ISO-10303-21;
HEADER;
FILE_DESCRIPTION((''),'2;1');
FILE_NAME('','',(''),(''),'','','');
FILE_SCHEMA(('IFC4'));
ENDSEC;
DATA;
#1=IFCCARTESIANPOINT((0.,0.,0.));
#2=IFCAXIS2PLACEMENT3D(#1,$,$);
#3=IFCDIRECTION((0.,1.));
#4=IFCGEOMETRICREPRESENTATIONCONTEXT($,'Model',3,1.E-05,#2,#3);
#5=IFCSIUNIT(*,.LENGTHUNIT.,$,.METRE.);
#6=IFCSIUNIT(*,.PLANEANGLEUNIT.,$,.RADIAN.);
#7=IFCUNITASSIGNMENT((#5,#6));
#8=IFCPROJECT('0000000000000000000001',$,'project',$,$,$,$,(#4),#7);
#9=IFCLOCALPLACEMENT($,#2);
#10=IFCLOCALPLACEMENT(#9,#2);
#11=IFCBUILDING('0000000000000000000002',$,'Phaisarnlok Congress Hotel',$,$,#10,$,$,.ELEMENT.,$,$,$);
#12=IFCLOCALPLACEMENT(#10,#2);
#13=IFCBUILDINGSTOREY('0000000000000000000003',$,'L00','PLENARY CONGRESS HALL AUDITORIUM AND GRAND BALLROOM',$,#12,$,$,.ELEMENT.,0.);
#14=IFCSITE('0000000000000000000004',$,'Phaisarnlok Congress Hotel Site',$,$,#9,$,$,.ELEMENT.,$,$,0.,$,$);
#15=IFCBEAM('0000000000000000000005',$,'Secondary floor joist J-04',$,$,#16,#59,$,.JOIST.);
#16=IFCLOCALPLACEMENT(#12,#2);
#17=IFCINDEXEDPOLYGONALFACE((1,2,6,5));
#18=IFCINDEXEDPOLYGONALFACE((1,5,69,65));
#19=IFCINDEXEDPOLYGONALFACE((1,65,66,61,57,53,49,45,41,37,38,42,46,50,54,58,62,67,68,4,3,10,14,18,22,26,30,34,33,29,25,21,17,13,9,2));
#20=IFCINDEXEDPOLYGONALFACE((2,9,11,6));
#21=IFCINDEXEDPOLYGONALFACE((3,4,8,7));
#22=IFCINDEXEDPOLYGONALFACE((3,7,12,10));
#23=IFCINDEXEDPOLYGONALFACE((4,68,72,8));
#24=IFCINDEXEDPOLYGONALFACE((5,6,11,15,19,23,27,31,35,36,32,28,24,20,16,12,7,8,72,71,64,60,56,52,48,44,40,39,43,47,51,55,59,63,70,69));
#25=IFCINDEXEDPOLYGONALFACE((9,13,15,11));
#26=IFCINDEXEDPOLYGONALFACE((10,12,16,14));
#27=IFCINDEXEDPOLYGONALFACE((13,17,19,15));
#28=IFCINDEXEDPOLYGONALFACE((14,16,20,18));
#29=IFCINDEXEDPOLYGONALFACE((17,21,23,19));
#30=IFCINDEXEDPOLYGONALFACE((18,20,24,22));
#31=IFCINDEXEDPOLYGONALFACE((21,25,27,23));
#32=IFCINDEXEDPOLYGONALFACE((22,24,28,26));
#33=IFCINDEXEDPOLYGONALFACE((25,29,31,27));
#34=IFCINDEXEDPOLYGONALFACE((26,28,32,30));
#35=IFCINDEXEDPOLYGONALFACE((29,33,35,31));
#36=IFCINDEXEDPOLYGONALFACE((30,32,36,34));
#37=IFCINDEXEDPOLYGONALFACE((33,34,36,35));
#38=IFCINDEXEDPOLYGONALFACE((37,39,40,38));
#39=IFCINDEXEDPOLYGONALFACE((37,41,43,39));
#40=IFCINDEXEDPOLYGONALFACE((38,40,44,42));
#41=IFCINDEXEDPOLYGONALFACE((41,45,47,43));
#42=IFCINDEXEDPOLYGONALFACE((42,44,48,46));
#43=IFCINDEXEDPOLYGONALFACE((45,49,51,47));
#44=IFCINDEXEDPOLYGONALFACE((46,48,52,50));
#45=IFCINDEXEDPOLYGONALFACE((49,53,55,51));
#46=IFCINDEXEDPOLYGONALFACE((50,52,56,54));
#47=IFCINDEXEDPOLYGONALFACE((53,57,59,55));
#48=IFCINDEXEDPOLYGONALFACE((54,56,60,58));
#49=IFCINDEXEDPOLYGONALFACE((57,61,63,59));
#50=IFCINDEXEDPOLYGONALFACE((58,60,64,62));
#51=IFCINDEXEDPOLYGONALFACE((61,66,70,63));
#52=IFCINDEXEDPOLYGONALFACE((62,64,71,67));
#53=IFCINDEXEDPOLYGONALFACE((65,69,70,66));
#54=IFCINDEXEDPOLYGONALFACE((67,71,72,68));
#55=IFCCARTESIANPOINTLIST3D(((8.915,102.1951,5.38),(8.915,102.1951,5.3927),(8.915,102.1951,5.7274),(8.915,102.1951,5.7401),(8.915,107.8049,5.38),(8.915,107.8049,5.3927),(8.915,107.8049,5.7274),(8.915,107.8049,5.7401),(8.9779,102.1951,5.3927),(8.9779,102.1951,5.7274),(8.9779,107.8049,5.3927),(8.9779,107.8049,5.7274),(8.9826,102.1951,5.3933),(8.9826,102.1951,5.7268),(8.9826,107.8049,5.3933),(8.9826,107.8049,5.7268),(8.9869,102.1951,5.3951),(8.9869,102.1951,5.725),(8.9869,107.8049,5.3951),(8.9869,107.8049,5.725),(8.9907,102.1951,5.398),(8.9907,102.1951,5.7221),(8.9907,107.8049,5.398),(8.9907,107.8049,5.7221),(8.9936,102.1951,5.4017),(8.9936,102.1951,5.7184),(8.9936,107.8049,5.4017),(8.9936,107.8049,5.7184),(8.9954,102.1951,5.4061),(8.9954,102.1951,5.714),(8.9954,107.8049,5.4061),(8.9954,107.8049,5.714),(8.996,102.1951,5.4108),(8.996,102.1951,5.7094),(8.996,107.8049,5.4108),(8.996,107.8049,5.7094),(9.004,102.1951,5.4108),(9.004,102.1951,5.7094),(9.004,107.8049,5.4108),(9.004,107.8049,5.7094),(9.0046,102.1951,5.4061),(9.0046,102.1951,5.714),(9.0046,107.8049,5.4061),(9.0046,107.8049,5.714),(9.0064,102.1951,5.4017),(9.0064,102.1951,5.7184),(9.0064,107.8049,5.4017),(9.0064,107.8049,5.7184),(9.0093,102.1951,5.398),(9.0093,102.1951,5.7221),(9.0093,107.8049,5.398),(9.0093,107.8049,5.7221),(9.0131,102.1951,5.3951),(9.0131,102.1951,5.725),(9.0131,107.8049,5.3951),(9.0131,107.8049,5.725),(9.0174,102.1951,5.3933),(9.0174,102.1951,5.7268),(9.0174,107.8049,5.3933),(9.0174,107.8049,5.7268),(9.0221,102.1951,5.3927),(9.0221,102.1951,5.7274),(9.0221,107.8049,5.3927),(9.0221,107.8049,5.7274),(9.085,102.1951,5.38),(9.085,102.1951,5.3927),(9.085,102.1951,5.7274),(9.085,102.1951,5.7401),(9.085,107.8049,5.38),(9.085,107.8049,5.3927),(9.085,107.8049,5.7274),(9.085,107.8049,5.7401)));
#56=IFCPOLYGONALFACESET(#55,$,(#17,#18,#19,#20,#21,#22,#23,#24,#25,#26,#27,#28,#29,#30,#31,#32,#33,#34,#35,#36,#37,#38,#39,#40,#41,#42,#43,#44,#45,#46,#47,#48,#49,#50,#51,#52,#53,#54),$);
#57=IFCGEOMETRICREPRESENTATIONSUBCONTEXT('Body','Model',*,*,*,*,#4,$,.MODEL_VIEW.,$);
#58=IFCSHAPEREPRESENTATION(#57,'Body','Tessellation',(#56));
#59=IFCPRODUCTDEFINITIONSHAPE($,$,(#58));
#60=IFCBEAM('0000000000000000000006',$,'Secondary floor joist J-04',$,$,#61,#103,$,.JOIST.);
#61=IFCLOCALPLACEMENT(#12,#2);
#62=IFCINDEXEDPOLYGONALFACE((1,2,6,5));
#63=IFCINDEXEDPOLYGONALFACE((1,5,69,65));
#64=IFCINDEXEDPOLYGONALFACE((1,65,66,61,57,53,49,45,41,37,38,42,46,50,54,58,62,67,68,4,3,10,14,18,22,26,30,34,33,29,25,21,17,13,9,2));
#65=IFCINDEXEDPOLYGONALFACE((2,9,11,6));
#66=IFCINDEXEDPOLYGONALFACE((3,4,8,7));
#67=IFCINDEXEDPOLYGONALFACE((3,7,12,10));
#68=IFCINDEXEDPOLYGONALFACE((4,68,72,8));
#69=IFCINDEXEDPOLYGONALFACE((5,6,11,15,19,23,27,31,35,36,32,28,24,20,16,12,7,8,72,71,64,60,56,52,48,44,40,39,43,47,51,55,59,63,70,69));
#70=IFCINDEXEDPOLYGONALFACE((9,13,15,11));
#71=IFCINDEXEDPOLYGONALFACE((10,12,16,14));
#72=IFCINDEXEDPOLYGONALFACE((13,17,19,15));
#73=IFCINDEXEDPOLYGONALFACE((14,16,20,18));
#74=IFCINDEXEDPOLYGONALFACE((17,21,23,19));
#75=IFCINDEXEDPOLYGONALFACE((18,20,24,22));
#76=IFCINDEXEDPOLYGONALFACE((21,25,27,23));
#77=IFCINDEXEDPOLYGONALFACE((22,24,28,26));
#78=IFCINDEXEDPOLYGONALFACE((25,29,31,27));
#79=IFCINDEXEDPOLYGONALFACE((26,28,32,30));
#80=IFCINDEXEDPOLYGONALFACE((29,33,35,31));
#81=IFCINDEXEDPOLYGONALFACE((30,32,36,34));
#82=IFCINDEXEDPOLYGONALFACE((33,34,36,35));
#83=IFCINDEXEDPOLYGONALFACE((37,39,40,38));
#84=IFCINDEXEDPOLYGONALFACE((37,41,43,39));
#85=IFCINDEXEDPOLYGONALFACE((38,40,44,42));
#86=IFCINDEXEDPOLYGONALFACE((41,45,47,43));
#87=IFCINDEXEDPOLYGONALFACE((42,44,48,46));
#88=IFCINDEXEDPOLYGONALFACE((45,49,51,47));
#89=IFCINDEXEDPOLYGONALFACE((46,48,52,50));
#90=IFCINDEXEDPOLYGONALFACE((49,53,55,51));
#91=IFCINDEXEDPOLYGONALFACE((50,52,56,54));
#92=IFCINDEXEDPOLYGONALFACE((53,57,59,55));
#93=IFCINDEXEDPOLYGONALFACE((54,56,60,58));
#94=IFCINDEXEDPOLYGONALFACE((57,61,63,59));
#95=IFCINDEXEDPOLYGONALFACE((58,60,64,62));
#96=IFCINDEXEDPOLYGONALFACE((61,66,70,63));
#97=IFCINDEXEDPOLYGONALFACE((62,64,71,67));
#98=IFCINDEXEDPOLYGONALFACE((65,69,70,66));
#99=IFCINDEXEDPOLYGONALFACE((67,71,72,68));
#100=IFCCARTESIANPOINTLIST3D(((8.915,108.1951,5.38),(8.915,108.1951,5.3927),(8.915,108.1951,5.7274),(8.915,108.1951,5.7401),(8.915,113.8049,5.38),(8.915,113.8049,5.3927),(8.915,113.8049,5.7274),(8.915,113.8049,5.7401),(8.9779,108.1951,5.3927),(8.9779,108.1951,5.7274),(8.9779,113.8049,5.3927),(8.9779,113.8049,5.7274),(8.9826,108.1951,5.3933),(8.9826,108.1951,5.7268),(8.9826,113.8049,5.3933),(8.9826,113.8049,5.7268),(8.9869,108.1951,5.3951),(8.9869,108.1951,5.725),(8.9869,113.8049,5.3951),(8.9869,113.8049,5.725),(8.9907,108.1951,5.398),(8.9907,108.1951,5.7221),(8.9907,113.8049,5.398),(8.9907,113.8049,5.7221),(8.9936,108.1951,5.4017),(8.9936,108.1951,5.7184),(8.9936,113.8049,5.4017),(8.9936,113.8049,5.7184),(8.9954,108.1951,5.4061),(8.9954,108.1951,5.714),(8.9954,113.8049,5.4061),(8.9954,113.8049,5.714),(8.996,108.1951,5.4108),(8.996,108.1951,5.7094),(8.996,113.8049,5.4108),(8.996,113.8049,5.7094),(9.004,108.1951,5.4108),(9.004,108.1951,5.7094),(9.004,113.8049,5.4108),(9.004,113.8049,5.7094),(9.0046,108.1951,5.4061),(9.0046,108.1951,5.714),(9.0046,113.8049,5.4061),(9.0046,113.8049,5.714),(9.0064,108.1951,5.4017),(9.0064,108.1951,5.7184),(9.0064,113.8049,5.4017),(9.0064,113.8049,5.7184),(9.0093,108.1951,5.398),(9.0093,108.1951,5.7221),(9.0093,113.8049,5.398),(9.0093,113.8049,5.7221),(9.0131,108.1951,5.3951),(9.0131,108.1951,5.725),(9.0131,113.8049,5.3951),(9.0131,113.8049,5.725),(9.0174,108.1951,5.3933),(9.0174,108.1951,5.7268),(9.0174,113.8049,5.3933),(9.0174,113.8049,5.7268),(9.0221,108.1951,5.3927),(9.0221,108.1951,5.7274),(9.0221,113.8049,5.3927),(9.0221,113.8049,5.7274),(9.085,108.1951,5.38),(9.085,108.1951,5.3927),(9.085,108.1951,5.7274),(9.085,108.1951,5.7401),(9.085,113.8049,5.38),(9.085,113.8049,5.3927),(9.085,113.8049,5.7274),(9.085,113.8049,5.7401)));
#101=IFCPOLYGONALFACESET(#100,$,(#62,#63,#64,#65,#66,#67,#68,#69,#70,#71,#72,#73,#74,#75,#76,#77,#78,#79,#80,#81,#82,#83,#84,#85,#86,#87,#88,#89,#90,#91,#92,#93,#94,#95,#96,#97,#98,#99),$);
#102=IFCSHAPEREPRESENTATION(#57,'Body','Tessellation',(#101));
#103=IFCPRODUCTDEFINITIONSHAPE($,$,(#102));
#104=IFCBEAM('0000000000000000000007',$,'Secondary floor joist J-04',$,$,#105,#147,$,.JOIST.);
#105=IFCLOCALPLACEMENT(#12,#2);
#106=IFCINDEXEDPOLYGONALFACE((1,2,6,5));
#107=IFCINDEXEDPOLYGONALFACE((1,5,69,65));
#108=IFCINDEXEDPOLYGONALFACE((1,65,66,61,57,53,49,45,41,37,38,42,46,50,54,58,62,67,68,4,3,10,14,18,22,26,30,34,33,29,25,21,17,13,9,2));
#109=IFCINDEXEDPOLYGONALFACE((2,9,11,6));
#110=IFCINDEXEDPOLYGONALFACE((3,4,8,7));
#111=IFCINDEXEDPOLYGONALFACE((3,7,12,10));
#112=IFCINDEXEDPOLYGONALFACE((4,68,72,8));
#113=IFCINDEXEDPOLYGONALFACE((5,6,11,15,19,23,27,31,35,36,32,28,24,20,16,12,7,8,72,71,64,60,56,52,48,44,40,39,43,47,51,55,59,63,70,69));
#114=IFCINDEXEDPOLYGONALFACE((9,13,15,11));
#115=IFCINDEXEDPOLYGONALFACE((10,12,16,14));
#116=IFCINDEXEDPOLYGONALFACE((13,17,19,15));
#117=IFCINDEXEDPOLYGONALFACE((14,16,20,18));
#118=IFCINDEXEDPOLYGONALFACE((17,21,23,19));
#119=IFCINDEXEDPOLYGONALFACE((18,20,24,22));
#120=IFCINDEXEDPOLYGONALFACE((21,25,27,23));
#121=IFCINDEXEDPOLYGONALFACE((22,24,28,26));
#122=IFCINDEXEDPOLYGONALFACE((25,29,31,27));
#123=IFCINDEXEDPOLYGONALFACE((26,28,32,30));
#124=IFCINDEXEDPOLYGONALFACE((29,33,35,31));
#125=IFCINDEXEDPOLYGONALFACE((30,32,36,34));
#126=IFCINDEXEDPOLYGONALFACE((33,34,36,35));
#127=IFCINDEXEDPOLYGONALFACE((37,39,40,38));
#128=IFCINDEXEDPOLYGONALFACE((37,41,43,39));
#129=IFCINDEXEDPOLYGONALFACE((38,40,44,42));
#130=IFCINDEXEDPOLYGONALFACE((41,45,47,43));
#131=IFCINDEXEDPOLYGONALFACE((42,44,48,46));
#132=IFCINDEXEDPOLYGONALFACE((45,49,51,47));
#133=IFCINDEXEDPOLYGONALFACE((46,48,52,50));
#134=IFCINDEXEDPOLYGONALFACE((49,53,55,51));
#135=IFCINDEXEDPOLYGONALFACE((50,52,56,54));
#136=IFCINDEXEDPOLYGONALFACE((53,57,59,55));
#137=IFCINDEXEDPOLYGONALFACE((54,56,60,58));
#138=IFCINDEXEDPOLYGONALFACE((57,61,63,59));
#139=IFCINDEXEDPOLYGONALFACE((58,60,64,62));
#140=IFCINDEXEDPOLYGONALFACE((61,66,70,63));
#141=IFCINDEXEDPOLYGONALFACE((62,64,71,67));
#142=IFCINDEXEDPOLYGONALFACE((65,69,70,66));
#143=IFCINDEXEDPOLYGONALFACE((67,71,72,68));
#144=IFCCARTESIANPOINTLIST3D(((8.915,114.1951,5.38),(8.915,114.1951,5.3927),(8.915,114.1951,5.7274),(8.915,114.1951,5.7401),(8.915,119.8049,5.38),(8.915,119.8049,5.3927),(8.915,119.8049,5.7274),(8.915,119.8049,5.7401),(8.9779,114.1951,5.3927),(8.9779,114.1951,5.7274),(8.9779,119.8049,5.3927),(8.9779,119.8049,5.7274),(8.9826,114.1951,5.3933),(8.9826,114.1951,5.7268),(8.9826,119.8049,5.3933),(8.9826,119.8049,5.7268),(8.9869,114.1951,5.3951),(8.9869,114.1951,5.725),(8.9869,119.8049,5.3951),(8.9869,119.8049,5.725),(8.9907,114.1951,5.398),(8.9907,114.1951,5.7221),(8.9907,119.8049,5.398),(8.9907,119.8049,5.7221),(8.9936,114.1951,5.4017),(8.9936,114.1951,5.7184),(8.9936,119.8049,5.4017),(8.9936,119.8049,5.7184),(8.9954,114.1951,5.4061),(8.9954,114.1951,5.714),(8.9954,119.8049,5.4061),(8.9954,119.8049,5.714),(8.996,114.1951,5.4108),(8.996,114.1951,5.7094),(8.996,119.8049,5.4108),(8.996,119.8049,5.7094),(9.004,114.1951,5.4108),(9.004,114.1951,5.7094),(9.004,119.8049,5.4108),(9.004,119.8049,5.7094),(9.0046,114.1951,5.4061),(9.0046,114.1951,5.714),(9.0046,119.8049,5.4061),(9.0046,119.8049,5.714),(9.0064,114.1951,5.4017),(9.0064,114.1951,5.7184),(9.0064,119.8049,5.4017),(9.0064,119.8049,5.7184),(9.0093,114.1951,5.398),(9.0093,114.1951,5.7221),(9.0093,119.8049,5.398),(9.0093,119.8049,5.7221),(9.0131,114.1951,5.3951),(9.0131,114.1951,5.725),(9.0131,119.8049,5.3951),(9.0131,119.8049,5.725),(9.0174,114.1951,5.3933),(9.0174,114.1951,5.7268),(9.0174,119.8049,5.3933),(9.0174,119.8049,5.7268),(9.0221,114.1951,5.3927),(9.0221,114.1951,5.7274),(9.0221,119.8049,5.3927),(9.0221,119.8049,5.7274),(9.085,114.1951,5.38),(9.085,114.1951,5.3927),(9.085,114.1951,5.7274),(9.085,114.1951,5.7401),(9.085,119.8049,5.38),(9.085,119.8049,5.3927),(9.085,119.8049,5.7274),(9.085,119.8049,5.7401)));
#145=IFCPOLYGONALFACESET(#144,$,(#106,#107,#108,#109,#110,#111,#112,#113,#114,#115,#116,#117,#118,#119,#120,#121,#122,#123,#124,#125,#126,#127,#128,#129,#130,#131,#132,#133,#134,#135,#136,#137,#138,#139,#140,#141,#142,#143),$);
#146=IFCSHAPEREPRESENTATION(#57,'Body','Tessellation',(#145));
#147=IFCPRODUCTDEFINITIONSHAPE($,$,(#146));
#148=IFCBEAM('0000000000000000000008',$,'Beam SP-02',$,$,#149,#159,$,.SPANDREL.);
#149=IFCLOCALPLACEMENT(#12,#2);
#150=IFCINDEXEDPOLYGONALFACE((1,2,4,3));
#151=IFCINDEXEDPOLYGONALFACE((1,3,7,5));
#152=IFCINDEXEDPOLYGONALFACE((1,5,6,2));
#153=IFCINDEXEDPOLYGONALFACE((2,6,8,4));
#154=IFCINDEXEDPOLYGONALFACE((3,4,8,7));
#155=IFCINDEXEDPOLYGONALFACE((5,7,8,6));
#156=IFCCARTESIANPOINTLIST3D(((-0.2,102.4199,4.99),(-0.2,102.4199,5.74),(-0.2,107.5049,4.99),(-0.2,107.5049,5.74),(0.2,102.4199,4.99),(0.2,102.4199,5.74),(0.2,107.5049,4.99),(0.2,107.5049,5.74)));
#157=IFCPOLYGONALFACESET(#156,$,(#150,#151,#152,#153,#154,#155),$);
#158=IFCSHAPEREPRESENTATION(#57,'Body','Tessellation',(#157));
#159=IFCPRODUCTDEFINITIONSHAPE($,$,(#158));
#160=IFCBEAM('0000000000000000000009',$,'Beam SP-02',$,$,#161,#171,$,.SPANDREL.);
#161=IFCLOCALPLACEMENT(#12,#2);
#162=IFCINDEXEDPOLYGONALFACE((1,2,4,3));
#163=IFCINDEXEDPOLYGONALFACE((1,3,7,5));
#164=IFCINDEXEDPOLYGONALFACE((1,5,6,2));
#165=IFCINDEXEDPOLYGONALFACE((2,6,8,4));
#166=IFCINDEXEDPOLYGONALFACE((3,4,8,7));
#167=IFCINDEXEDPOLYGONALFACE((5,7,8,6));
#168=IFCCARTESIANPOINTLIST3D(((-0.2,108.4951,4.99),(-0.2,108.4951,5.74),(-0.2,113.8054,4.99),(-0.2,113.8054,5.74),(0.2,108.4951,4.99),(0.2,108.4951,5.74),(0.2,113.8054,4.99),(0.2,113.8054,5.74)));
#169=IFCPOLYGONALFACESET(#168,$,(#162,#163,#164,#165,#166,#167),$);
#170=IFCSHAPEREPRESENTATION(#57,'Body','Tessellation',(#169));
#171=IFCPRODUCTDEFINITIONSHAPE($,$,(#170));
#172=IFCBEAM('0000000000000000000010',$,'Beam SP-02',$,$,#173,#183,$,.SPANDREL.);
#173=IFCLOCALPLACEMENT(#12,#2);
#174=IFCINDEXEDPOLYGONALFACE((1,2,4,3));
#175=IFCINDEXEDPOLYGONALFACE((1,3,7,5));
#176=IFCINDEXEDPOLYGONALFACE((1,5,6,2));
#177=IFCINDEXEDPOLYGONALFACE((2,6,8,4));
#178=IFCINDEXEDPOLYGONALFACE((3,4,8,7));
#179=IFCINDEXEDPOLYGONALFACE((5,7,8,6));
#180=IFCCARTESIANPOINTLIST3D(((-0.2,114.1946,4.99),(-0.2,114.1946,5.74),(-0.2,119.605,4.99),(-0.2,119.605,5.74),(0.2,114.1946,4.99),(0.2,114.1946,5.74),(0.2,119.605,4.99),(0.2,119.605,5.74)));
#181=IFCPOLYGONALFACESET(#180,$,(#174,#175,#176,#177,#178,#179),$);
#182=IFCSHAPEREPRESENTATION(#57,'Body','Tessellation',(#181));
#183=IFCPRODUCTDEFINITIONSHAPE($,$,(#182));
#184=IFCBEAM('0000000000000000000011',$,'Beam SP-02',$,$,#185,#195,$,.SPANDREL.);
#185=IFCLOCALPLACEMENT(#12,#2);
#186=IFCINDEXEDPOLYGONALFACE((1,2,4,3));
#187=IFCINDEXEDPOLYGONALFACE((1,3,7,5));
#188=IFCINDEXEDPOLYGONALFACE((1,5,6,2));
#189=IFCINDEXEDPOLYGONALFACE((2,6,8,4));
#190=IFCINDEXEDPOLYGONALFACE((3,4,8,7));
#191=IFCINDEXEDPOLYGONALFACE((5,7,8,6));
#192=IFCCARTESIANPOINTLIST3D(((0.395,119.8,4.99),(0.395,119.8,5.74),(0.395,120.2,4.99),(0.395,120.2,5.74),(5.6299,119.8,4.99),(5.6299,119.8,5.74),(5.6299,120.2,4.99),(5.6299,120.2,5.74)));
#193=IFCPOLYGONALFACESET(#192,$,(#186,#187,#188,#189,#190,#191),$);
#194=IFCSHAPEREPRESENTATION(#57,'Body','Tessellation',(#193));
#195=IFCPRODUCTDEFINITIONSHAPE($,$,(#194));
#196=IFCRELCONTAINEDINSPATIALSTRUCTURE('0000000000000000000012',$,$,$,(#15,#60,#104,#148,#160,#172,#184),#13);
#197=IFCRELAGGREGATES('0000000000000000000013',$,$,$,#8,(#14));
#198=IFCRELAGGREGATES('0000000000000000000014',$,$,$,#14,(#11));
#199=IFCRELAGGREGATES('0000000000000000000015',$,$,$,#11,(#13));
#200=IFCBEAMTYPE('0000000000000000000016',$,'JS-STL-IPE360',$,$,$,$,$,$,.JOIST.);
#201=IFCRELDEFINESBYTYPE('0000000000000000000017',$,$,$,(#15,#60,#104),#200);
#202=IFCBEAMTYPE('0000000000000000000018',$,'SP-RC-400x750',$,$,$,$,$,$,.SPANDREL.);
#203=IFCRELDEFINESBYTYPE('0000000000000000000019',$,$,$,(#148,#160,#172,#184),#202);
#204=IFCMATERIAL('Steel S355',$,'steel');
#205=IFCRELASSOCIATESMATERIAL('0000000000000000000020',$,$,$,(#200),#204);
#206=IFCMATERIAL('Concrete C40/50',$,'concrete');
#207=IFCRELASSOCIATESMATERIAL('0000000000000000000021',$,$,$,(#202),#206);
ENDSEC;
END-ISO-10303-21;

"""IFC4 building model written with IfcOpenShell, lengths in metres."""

from ifc_helpers import new_model, si_unit, direction, frame, origin, origin_2d, place, context, subcontext, project, spatial, rectangle, i_section, extrude, material, material_profile, profile_set, type_object, element, save


model = new_model("IFC4")

# Units and contexts
model_context = context("Model", 3, precision=1e-05, world=origin(), true_north=direction((0.0, 1.0)))
body_context = subcontext(model_context, "Body", "Model", "MODEL_VIEW")
ifc_project = project(units=[si_unit("LENGTHUNIT", "METRE"), si_unit("PLANEANGLEUNIT", "RADIAN")], contexts=[model_context])

# Site, building, storey
site_placement = place(None, origin())
site = spatial("IfcSite", under=ifc_project, at=site_placement, Name="Phaisarnlok Congress Hotel Site", CompositionType="ELEMENT", RefElevation=0.0)
building_placement = place(site_placement, origin())
building = spatial("IfcBuilding", under=site, at=building_placement, Name="Phaisarnlok Congress Hotel", CompositionType="ELEMENT")
storey_placement = place(building_placement, origin())
storey = spatial("IfcBuildingStorey", under=building, at=storey_placement, Name="L00", Description="PLENARY CONGRESS HALL AUDITORIUM AND GRAND BALLROOM", CompositionType="ELEMENT", Elevation=0.0)

# Shared definitions
ifc_material_1 = material(Name="Steel S355", Category="steel")

# Beams
ifc_material_2 = material(Name="Concrete C40/50", Category="concrete")
ifc_material_profile_1 = material_profile(ifc_material_1, i_section(OverallWidth=0.1699, OverallDepth=0.3601, WebThickness=0.0081, FlangeThickness=0.0127, FilletRadius=0.0181, at=origin_2d()), Name="IPE 360")
ifc_profile_set_1 = profile_set([ifc_material_profile_1], Name="Steel S355")
beam_type_1 = type_object("IfcBeamType", Name="JS-STL-IPE360", PredefinedType="JOIST", material=ifc_profile_set_1)
for number, where, z_axis, x_axis, name in (
    (1, (9.0, 102.1951, 5.5601), (0.0, 1.0, 0.0), (-1.0, 0.0, 0.0), "Secondary floor joist J-04"),
    (2, (9.0, 108.1951, 5.5601), (0.0, 1.0, 0.0), (-1.0, 0.0, 0.0), "Secondary floor joist J-04"),
    (3, (9.0, 114.1951, 5.5601), (0.0, 1.0, 0.0), (-1.0, 0.0, 0.0), "Secondary floor joist J-04"),
):
    element("IfcBeam", number, at=place(storey_placement, frame(where, z_axis=z_axis, x_axis=x_axis)), inside=storey, type_object=beam_type_1, Name=name, PredefinedType="JOIST", context=body_context, shape_type="SweptSolid", body=[
        extrude(i_section(OverallWidth=0.1699, OverallDepth=0.3601, WebThickness=0.0081, FlangeThickness=0.0127, FilletRadius=0.0181, at=origin_2d()), origin(), (0.0, 0.0, 1.0), 5.6099),
    ])
ifc_material_profile_2 = material_profile(ifc_material_2, rectangle(XDim=0.3999, YDim=0.75, at=origin_2d()), Name="RC 400x750")
ifc_profile_set_2 = profile_set([ifc_material_profile_2], Name="Concrete C40/50")
beam_type_2 = type_object("IfcBeamType", Name="SP-RC-400x750", PredefinedType="SPANDREL", material=ifc_profile_set_2)
beam_1_placement = place(storey_placement, frame((0.0, 102.4199, 5.365), z_axis=(0.0, 1.0, 0.0), x_axis=(-1.0, 0.0, 0.0)))
element("IfcBeam", 4, at=beam_1_placement, inside=storey, type_object=beam_type_2, Name="Beam SP-02", PredefinedType="SPANDREL", context=body_context, shape_type="SweptSolid", body=[
    extrude(rectangle(XDim=0.3999, YDim=0.75, at=origin_2d()), origin(), (0.0, 0.0, 1.0), 5.085),
])
beam_2_placement = place(storey_placement, frame((0.0, 108.4951, 5.365), z_axis=(0.0, 1.0, 0.0), x_axis=(-1.0, 0.0, 0.0)))
element("IfcBeam", 5, at=beam_2_placement, inside=storey, type_object=beam_type_2, Name="Beam SP-02", PredefinedType="SPANDREL", context=body_context, shape_type="SweptSolid", body=[
    extrude(rectangle(XDim=0.3999, YDim=0.75, at=origin_2d()), origin(), (0.0, 0.0, 1.0), 5.3103),
])
beam_3_placement = place(storey_placement, frame((0.0, 114.1946, 5.365), z_axis=(0.0, 1.0, 0.0), x_axis=(-1.0, 0.0, 0.0)))
element("IfcBeam", 6, at=beam_3_placement, inside=storey, type_object=beam_type_2, Name="Beam SP-02", PredefinedType="SPANDREL", context=body_context, shape_type="SweptSolid", body=[
    extrude(rectangle(XDim=0.3999, YDim=0.75, at=origin_2d()), origin(), (0.0, 0.0, 1.0), 5.4104),
])
beam_4_placement = place(storey_placement, frame((0.395, 120.0, 5.365), z_axis=(1.0, 0.0, 0.0), x_axis=(0.0, 1.0, 0.0)))
element("IfcBeam", 7, at=beam_4_placement, inside=storey, type_object=beam_type_2, Name="Beam SP-02", PredefinedType="SPANDREL", context=body_context, shape_type="SweptSolid", body=[
    extrude(rectangle(XDim=0.3999, YDim=0.75, at=origin_2d()), origin(), (0.0, 0.0, 1.0), 5.2349),
])

save(model, "model.ifc")
